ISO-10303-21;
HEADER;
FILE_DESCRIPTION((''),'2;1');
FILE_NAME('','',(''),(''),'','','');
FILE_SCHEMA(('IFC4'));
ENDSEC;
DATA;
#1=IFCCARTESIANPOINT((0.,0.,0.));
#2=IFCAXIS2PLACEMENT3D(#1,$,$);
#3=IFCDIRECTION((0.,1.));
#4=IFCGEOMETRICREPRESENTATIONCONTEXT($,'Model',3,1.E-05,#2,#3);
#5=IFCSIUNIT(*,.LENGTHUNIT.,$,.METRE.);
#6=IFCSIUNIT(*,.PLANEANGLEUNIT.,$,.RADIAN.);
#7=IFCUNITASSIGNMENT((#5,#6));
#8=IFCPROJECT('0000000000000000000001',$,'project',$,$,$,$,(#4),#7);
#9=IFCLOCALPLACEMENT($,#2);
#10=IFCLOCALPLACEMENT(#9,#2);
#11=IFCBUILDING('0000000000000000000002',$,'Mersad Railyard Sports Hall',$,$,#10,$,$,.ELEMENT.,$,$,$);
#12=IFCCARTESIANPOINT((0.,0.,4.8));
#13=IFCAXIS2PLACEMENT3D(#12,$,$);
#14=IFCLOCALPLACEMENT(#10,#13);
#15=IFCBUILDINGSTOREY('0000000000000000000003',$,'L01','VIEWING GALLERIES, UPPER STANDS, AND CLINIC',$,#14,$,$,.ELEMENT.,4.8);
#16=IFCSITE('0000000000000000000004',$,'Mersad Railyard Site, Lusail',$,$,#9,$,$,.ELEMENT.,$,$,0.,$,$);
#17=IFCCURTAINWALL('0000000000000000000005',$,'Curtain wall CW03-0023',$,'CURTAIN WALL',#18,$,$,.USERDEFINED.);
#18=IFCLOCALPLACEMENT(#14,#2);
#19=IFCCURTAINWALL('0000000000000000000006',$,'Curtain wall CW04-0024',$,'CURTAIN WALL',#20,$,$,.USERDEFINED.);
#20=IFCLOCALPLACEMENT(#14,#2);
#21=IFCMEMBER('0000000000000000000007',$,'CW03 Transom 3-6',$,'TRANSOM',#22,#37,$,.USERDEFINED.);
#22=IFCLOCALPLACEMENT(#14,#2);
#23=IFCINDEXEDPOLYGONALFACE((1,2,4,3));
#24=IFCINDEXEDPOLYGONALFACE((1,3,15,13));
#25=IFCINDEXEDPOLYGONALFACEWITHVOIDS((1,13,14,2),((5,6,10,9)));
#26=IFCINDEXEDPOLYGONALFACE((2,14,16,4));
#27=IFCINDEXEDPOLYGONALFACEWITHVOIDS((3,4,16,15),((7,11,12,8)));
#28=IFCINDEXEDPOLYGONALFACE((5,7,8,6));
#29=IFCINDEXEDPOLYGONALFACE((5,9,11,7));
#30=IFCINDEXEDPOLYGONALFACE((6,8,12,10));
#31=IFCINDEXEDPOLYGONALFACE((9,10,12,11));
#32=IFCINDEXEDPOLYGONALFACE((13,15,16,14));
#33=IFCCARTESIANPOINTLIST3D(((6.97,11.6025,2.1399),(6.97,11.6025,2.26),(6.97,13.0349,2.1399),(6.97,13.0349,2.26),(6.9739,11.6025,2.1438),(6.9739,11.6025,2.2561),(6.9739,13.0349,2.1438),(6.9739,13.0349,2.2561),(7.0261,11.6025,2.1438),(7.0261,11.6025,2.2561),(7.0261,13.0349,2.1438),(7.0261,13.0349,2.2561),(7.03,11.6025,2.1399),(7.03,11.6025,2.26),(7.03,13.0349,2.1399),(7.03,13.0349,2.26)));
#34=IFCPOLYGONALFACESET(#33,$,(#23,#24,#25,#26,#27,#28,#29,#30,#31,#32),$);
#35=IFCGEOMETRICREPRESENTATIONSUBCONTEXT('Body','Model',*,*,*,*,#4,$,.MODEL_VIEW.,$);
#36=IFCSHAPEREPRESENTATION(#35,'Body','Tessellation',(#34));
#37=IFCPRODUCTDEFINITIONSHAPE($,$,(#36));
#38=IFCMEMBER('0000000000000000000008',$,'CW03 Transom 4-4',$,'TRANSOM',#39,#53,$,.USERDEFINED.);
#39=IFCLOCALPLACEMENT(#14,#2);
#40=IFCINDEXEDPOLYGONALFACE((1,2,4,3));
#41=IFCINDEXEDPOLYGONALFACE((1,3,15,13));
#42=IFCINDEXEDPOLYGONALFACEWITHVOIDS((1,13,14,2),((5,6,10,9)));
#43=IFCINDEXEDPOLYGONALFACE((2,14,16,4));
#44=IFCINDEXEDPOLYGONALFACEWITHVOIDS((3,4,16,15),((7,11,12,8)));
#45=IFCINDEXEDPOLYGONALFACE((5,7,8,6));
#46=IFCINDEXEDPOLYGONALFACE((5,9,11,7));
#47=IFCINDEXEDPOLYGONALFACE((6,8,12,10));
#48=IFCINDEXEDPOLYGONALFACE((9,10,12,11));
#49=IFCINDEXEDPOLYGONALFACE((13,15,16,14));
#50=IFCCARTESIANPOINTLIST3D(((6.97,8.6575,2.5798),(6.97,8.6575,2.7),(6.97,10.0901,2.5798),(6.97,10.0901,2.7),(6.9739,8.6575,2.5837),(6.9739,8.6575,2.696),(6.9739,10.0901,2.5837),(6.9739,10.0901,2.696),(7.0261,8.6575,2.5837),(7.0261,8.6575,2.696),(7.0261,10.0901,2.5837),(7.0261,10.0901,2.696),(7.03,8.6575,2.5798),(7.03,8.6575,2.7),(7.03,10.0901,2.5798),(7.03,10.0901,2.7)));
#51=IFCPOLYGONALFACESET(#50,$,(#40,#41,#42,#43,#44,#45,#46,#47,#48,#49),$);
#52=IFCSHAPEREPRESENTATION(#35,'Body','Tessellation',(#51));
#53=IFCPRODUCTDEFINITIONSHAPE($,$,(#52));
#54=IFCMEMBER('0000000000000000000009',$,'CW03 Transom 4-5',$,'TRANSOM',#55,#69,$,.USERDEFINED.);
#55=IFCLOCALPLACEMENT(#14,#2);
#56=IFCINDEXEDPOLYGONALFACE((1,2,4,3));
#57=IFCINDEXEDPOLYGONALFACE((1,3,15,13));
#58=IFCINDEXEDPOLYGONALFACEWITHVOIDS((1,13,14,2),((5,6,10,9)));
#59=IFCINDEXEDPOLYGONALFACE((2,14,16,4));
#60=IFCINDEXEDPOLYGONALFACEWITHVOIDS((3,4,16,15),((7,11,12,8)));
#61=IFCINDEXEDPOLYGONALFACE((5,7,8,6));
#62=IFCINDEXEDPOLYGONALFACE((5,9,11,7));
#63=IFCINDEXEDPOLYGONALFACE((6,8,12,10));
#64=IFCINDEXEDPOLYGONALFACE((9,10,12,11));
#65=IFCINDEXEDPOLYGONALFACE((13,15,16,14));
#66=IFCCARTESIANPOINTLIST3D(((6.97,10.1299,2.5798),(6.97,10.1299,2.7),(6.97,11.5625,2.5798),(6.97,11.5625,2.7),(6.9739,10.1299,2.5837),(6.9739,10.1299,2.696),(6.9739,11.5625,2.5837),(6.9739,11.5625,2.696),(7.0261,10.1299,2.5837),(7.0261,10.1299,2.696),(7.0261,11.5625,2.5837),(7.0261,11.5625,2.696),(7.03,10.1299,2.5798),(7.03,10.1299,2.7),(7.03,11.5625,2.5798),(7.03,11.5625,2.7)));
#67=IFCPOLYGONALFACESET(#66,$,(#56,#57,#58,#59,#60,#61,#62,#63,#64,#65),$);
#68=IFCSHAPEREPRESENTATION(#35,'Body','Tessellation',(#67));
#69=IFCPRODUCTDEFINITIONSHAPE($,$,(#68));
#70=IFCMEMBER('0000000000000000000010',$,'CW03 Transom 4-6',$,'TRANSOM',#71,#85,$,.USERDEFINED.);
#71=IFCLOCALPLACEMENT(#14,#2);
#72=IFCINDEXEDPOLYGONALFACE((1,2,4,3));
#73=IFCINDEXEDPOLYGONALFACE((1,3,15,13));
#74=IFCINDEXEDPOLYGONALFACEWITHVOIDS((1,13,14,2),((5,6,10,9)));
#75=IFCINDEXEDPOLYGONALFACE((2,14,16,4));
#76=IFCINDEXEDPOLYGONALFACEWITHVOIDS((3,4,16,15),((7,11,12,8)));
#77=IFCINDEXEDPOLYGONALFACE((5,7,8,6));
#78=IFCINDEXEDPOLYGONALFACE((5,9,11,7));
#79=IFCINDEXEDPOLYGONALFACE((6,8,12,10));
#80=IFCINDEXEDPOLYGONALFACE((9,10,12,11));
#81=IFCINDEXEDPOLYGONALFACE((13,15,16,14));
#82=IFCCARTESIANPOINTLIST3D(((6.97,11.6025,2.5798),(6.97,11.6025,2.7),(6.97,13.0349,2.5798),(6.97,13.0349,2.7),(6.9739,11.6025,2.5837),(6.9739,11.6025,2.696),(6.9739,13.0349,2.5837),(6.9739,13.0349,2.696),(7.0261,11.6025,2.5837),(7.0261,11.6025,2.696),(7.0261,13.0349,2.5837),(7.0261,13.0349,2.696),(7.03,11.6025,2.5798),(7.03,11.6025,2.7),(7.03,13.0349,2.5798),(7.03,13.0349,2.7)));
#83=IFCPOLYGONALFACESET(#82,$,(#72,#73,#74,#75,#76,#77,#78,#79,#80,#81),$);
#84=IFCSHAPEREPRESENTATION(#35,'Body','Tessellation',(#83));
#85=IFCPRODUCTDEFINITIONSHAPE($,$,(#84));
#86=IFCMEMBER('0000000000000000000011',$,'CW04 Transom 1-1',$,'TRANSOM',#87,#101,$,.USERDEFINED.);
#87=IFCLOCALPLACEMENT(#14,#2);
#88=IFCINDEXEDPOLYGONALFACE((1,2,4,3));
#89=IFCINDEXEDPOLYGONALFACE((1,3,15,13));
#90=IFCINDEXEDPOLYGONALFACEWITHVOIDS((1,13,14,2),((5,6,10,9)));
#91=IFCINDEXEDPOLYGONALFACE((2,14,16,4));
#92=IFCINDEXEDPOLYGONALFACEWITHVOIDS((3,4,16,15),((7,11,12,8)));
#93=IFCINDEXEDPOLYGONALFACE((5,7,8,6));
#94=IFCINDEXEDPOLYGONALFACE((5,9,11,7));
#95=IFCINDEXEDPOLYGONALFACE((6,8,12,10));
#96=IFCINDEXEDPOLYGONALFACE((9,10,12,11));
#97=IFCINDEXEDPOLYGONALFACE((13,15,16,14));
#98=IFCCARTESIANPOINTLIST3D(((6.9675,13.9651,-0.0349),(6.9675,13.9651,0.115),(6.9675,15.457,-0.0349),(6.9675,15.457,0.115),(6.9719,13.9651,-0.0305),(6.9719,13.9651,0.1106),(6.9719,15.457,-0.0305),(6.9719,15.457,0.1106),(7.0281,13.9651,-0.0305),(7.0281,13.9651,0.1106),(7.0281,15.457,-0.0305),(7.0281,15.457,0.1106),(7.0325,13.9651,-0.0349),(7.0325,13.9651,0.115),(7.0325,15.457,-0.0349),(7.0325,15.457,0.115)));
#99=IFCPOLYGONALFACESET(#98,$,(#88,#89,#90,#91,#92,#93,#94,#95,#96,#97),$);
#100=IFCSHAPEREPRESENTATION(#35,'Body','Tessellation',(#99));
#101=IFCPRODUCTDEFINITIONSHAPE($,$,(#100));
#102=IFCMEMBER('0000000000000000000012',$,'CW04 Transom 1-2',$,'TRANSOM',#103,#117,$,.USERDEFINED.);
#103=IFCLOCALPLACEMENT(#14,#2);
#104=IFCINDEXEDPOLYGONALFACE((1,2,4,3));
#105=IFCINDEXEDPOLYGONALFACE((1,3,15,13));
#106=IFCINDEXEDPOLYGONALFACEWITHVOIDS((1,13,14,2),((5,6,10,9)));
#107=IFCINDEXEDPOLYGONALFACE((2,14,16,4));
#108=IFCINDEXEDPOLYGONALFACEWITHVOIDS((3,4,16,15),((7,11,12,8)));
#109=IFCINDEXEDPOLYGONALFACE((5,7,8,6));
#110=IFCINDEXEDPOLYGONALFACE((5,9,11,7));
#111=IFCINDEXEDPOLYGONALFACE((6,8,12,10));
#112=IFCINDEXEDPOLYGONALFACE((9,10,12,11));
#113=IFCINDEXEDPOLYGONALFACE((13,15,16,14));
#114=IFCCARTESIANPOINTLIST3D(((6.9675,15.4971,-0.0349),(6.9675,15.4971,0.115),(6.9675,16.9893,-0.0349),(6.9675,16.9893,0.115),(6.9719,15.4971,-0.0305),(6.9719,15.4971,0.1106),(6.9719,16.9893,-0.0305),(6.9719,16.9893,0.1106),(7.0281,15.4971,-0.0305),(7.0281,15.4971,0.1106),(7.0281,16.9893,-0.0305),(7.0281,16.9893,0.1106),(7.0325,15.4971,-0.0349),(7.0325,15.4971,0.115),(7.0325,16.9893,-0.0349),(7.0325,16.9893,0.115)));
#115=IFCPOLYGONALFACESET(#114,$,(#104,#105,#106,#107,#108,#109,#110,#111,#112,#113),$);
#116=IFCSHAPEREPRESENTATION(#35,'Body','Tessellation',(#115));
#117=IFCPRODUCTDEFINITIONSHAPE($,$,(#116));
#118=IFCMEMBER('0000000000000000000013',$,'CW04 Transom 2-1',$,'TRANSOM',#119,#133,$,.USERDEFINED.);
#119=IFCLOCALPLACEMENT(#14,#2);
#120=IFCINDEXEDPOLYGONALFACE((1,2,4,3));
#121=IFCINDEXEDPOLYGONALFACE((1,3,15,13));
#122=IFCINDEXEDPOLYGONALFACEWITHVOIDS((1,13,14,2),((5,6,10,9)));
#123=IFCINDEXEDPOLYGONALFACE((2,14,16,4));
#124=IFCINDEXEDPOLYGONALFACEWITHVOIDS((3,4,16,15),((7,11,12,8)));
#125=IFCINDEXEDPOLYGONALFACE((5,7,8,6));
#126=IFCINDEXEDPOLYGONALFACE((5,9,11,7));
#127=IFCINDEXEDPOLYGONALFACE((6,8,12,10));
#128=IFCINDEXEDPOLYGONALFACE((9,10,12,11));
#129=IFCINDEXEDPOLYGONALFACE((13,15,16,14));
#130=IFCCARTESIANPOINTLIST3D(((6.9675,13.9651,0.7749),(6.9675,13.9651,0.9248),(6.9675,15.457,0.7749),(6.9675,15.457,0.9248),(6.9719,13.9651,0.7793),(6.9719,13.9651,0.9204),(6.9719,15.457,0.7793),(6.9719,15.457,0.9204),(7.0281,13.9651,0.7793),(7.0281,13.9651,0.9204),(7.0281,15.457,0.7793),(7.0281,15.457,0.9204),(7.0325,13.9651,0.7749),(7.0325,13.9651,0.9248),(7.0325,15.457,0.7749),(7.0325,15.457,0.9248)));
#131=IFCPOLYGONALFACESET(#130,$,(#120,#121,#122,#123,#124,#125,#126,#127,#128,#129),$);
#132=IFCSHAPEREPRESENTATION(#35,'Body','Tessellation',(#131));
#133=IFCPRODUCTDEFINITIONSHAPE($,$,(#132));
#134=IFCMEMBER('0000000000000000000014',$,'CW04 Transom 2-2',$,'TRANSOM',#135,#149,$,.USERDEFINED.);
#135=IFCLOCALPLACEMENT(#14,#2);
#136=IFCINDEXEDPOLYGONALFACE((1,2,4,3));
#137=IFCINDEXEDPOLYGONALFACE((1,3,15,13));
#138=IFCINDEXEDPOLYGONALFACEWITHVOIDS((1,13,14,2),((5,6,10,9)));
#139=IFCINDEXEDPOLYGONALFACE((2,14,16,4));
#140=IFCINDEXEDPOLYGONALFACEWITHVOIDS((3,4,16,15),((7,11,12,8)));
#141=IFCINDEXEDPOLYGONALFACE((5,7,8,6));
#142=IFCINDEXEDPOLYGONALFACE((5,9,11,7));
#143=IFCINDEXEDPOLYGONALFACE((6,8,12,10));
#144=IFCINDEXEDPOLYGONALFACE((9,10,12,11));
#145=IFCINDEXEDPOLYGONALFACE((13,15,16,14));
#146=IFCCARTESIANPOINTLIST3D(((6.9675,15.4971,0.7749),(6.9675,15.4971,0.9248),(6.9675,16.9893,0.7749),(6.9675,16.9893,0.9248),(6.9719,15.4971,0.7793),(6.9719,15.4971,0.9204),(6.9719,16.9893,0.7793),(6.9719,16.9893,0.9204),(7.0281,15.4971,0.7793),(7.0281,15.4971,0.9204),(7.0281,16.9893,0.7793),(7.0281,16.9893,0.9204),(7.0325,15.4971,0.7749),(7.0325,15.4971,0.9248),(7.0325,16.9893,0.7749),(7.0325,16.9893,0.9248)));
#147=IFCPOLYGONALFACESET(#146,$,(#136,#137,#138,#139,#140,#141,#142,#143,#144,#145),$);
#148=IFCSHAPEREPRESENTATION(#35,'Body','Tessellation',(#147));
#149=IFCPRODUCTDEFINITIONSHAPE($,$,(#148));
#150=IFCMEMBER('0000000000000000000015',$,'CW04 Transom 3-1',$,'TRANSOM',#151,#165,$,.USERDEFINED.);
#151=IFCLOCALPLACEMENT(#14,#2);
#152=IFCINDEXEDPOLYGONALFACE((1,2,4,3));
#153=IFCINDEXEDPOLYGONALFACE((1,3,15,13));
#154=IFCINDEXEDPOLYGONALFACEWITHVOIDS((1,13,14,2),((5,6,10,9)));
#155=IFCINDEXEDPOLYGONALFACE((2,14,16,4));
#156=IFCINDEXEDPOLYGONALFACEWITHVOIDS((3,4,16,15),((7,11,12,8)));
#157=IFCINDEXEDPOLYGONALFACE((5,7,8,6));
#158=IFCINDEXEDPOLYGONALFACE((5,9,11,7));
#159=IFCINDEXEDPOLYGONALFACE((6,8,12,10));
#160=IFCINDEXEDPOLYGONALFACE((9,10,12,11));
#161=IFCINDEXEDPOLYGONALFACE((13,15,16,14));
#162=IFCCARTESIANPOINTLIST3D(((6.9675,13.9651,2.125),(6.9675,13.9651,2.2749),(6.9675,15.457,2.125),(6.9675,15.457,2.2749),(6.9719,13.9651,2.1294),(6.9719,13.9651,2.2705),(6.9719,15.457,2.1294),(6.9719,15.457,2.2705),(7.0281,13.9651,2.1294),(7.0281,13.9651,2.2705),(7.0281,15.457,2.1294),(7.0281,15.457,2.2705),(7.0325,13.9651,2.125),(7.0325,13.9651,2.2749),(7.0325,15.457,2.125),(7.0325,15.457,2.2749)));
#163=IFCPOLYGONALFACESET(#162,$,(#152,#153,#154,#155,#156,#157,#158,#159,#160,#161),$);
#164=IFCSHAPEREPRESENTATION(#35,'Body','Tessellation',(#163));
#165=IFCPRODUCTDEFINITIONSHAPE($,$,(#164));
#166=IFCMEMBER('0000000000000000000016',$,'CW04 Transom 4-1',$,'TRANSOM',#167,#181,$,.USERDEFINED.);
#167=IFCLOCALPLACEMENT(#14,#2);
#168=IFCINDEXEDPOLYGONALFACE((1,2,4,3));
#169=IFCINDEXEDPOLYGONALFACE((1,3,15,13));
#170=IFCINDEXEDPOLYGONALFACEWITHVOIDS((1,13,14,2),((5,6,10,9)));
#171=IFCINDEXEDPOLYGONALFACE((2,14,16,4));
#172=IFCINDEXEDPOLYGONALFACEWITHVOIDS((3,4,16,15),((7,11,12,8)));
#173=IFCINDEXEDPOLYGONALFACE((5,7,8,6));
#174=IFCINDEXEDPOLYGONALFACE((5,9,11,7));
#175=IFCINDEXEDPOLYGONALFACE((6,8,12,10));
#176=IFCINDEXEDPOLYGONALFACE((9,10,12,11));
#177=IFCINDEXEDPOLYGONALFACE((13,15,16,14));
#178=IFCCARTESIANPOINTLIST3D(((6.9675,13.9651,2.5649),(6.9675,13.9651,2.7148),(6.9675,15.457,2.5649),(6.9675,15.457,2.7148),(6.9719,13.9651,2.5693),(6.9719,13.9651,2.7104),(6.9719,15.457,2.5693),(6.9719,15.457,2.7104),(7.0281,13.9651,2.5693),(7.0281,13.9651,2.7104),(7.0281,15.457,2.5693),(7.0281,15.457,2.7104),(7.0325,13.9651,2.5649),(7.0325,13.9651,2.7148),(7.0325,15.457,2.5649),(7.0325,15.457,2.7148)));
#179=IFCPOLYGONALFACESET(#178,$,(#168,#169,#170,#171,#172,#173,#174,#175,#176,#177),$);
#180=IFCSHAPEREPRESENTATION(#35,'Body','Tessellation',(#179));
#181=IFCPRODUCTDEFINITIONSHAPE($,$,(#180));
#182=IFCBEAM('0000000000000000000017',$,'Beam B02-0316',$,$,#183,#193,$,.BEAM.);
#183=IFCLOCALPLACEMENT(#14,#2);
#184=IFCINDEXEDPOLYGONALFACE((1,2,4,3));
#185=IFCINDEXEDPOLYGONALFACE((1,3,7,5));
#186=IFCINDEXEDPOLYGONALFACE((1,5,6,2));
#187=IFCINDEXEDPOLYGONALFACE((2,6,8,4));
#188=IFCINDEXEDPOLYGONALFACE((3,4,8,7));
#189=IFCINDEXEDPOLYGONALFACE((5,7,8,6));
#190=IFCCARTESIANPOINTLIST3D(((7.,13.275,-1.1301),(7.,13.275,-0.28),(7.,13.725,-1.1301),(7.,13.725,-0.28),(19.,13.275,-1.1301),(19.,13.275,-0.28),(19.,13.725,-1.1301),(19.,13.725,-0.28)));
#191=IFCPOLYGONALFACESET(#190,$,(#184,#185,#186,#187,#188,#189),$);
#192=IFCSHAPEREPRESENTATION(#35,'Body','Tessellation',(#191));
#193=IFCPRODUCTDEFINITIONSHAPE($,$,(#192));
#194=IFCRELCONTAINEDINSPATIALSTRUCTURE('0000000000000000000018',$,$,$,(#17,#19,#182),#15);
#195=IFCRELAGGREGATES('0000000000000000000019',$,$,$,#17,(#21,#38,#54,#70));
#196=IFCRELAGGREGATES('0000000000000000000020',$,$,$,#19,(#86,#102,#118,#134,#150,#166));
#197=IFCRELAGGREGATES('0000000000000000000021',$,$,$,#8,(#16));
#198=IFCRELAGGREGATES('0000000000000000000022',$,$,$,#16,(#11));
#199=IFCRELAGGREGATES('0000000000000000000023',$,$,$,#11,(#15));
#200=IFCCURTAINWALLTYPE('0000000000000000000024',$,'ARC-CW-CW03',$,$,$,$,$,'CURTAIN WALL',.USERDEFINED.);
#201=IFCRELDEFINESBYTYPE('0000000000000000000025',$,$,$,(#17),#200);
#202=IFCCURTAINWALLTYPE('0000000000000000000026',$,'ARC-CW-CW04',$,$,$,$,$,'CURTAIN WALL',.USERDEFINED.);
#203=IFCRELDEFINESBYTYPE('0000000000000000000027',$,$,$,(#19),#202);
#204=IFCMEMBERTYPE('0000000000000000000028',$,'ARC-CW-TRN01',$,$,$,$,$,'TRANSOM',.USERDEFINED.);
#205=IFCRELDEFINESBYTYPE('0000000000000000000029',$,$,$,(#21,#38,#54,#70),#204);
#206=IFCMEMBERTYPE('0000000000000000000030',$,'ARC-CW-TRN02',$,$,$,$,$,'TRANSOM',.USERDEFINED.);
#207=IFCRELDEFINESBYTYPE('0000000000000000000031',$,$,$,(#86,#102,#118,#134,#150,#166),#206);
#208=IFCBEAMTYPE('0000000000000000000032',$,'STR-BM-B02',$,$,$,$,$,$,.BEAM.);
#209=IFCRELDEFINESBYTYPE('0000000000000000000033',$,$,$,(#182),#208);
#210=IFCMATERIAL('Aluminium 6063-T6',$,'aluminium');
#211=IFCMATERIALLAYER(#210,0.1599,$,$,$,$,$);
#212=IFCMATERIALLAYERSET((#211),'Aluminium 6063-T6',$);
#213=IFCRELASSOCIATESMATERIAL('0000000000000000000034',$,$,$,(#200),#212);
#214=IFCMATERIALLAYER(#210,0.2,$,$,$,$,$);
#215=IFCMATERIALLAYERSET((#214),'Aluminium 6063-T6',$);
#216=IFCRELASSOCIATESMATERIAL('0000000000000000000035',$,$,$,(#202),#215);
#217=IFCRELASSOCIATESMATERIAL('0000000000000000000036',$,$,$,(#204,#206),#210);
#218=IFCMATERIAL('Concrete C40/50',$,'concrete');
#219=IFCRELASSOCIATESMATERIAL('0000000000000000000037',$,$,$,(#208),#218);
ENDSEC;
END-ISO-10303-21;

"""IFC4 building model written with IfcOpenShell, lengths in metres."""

from ifc_helpers import new_model, si_unit, direction, frame, origin, origin_2d, place, context, subcontext, project, spatial, rectangle, hollow_rectangle, extrude, material, layer, layer_set, material_profile, profile_set, type_object, element, aggregate, save


model = new_model("IFC4")

# Units and contexts
model_context = context("Model", 3, precision=1e-05, world=origin(), true_north=direction((0.0, 1.0)))
body_context = subcontext(model_context, "Body", "Model", "MODEL_VIEW")
ifc_project = project(units=[si_unit("LENGTHUNIT", "METRE"), si_unit("PLANEANGLEUNIT", "RADIAN")], contexts=[model_context])

# Site, building, storey
site_placement = place(None, origin())
site = spatial("IfcSite", under=ifc_project, at=site_placement, Name="Mersad Railyard Site, Lusail", CompositionType="ELEMENT", RefElevation=0.0)
building_placement = place(site_placement, origin())
building = spatial("IfcBuilding", under=site, at=building_placement, Name="Mersad Railyard Sports Hall", CompositionType="ELEMENT")
storey_placement = place(building_placement, frame((0.0, 0.0, 4.8)))
storey = spatial("IfcBuildingStorey", under=building, at=storey_placement, Name="L01", Description="VIEWING GALLERIES, UPPER STANDS, AND CLINIC", CompositionType="ELEMENT", Elevation=4.8)

# Curtain walls
ifc_material_1 = material(Name="Aluminium 6063-T6", Category="aluminium")
ifc_layer_1 = layer(ifc_material_1, 0.1599)
ifc_layer_set_1 = layer_set([ifc_layer_1], Name="Aluminium 6063-T6")
curtain_wall_type_1 = type_object("IfcCurtainWallType", Name="ARC-CW-CW03", ElementType="CURTAIN WALL", PredefinedType="USERDEFINED", material=ifc_layer_set_1)
curtain_wall_1_placement = place(storey_placement, origin())
curtain_wall_1 = element("IfcCurtainWall", 1, at=curtain_wall_1_placement, inside=storey, type_object=curtain_wall_type_1, Name="Curtain wall CW03-0023", ObjectType="CURTAIN WALL", PredefinedType="USERDEFINED")
ifc_layer_2 = layer(ifc_material_1, 0.2)
ifc_layer_set_2 = layer_set([ifc_layer_2], Name="Aluminium 6063-T6")
curtain_wall_type_2 = type_object("IfcCurtainWallType", Name="ARC-CW-CW04", ElementType="CURTAIN WALL", PredefinedType="USERDEFINED", material=ifc_layer_set_2)
curtain_wall_2_placement = place(storey_placement, origin())
curtain_wall_2 = element("IfcCurtainWall", 2, at=curtain_wall_2_placement, inside=storey, type_object=curtain_wall_type_2, Name="Curtain wall CW04-0024", ObjectType="CURTAIN WALL", PredefinedType="USERDEFINED")

# Members
ifc_material_profile_1 = material_profile(ifc_material_1, hollow_rectangle(XDim=0.0601, YDim=0.1201, WallThickness=0.0039, at=origin_2d()), Name="AL TRANSOM 60x120x4")
ifc_profile_set_1 = profile_set([ifc_material_profile_1], Name="Aluminium 6063-T6")
member_type_1 = type_object("IfcMemberType", Name="ARC-CW-TRN01", ElementType="TRANSOM", PredefinedType="USERDEFINED", material=ifc_profile_set_1)
member_1_placement = place(storey_placement, frame((7.0, 11.6025, 2.2), z_axis=(0.0, 1.0, 0.0), x_axis=(-1.0, 0.0, 0.0)))
member_1 = element("IfcMember", 3, at=member_1_placement, type_object=member_type_1, Name="CW03 Transom 3-6", ObjectType="TRANSOM", PredefinedType="USERDEFINED", context=body_context, shape_type="SweptSolid", body=[
    extrude(hollow_rectangle(XDim=0.0601, YDim=0.1201, WallThickness=0.0039, at=origin_2d()), origin(), (0.0, 0.0, 1.0), 1.4324),
])
member_2_placement = place(storey_placement, frame((7.0, 8.6575, 2.6399), z_axis=(0.0, 1.0, 0.0), x_axis=(-1.0, 0.0, 0.0)))
member_2 = element("IfcMember", 4, at=member_2_placement, type_object=member_type_1, Name="CW03 Transom 4-4", ObjectType="TRANSOM", PredefinedType="USERDEFINED", context=body_context, shape_type="SweptSolid", body=[
    extrude(hollow_rectangle(XDim=0.0601, YDim=0.1201, WallThickness=0.0039, at=origin_2d()), origin(), (0.0, 0.0, 1.0), 1.4326),
])
member_3_placement = place(storey_placement, frame((7.0, 10.1299, 2.6399), z_axis=(0.0, 1.0, 0.0), x_axis=(-1.0, 0.0, 0.0)))
member_3 = element("IfcMember", 5, at=member_3_placement, type_object=member_type_1, Name="CW03 Transom 4-5", ObjectType="TRANSOM", PredefinedType="USERDEFINED", context=body_context, shape_type="SweptSolid", body=[
    extrude(hollow_rectangle(XDim=0.0601, YDim=0.1201, WallThickness=0.0039, at=origin_2d()), origin(), (0.0, 0.0, 1.0), 1.4326),
])
member_4_placement = place(storey_placement, frame((7.0, 11.6025, 2.6399), z_axis=(0.0, 1.0, 0.0), x_axis=(-1.0, 0.0, 0.0)))
member_4 = element("IfcMember", 6, at=member_4_placement, type_object=member_type_1, Name="CW03 Transom 4-6", ObjectType="TRANSOM", PredefinedType="USERDEFINED", context=body_context, shape_type="SweptSolid", body=[
    extrude(hollow_rectangle(XDim=0.0601, YDim=0.1201, WallThickness=0.0039, at=origin_2d()), origin(), (0.0, 0.0, 1.0), 1.4324),
])
ifc_material_profile_2 = material_profile(ifc_material_1, hollow_rectangle(XDim=0.0649, YDim=0.1499, WallThickness=0.0044, at=origin_2d()), Name="AL TRANSOM 65x150x4.5")
ifc_profile_set_2 = profile_set([ifc_material_profile_2], Name="Aluminium 6063-T6")
member_type_2 = type_object("IfcMemberType", Name="ARC-CW-TRN02", ElementType="TRANSOM", PredefinedType="USERDEFINED", material=ifc_profile_set_2)
member_5_placement = place(storey_placement, frame((7.0, 13.9651, 0.04), z_axis=(0.0, 1.0, 0.0), x_axis=(-1.0, 0.0, 0.0)))
member_5 = element("IfcMember", 7, at=member_5_placement, type_object=member_type_2, Name="CW04 Transom 1-1", ObjectType="TRANSOM", PredefinedType="USERDEFINED", context=body_context, shape_type="SweptSolid", body=[
    extrude(hollow_rectangle(XDim=0.0649, YDim=0.1499, WallThickness=0.0044, at=origin_2d()), origin(), (0.0, 0.0, 1.0), 1.4919),
])
member_6_placement = place(storey_placement, frame((7.0, 15.4971, 0.04), z_axis=(0.0, 1.0, 0.0), x_axis=(-1.0, 0.0, 0.0)))
member_6 = element("IfcMember", 8, at=member_6_placement, type_object=member_type_2, Name="CW04 Transom 1-2", ObjectType="TRANSOM", PredefinedType="USERDEFINED", context=body_context, shape_type="SweptSolid", body=[
    extrude(hollow_rectangle(XDim=0.0649, YDim=0.1499, WallThickness=0.0044, at=origin_2d()), origin(), (0.0, 0.0, 1.0), 1.4922),
])
member_7_placement = place(storey_placement, frame((7.0, 13.9651, 0.8499), z_axis=(0.0, 1.0, 0.0), x_axis=(-1.0, 0.0, 0.0)))
member_7 = element("IfcMember", 9, at=member_7_placement, type_object=member_type_2, Name="CW04 Transom 2-1", ObjectType="TRANSOM", PredefinedType="USERDEFINED", context=body_context, shape_type="SweptSolid", body=[
    extrude(hollow_rectangle(XDim=0.0649, YDim=0.1499, WallThickness=0.0044, at=origin_2d()), origin(), (0.0, 0.0, 1.0), 1.4919),
])
member_8_placement = place(storey_placement, frame((7.0, 15.4971, 0.8499), z_axis=(0.0, 1.0, 0.0), x_axis=(-1.0, 0.0, 0.0)))
member_8 = element("IfcMember", 10, at=member_8_placement, type_object=member_type_2, Name="CW04 Transom 2-2", ObjectType="TRANSOM", PredefinedType="USERDEFINED", context=body_context, shape_type="SweptSolid", body=[
    extrude(hollow_rectangle(XDim=0.0649, YDim=0.1499, WallThickness=0.0044, at=origin_2d()), origin(), (0.0, 0.0, 1.0), 1.4922),
])
member_9_placement = place(storey_placement, frame((7.0, 13.9651, 2.2), z_axis=(0.0, 1.0, 0.0), x_axis=(-1.0, 0.0, 0.0)))
member_9 = element("IfcMember", 11, at=member_9_placement, type_object=member_type_2, Name="CW04 Transom 3-1", ObjectType="TRANSOM", PredefinedType="USERDEFINED", context=body_context, shape_type="SweptSolid", body=[
    extrude(hollow_rectangle(XDim=0.0649, YDim=0.1499, WallThickness=0.0044, at=origin_2d()), origin(), (0.0, 0.0, 1.0), 1.4919),
])
member_10_placement = place(storey_placement, frame((7.0, 13.9651, 2.6399), z_axis=(0.0, 1.0, 0.0), x_axis=(-1.0, 0.0, 0.0)))
member_10 = element("IfcMember", 12, at=member_10_placement, type_object=member_type_2, Name="CW04 Transom 4-1", ObjectType="TRANSOM", PredefinedType="USERDEFINED", context=body_context, shape_type="SweptSolid", body=[
    extrude(hollow_rectangle(XDim=0.0649, YDim=0.1499, WallThickness=0.0044, at=origin_2d()), origin(), (0.0, 0.0, 1.0), 1.4919),
])

# Beam
ifc_material_2 = material(Name="Concrete C40/50", Category="concrete")
ifc_material_profile_3 = material_profile(ifc_material_2, rectangle(XDim=0.45, YDim=0.8501, at=origin_2d()), Name="RC 450x850")
ifc_profile_set_3 = profile_set([ifc_material_profile_3], Name="Concrete C40/50")
beam_type_1 = type_object("IfcBeamType", Name="STR-BM-B02", PredefinedType="BEAM", material=ifc_profile_set_3)
beam_1_placement = place(storey_placement, frame((7.0, 13.5, -0.7051), z_axis=(1.0, 0.0, 0.0), x_axis=(0.0, 1.0, 0.0)))
element("IfcBeam", 13, at=beam_1_placement, inside=storey, type_object=beam_type_1, Name="Beam B02-0316", PredefinedType="BEAM", context=body_context, shape_type="SweptSolid", body=[
    extrude(rectangle(XDim=0.45, YDim=0.8501, at=origin_2d()), origin(), (0.0, 0.0, 1.0), 12.0),
])

aggregate(curtain_wall_1, [member_1, member_2, member_3, member_4])
aggregate(curtain_wall_2, [member_5, member_6, member_7, member_8, member_9, member_10])

save(model, "model.ifc")
